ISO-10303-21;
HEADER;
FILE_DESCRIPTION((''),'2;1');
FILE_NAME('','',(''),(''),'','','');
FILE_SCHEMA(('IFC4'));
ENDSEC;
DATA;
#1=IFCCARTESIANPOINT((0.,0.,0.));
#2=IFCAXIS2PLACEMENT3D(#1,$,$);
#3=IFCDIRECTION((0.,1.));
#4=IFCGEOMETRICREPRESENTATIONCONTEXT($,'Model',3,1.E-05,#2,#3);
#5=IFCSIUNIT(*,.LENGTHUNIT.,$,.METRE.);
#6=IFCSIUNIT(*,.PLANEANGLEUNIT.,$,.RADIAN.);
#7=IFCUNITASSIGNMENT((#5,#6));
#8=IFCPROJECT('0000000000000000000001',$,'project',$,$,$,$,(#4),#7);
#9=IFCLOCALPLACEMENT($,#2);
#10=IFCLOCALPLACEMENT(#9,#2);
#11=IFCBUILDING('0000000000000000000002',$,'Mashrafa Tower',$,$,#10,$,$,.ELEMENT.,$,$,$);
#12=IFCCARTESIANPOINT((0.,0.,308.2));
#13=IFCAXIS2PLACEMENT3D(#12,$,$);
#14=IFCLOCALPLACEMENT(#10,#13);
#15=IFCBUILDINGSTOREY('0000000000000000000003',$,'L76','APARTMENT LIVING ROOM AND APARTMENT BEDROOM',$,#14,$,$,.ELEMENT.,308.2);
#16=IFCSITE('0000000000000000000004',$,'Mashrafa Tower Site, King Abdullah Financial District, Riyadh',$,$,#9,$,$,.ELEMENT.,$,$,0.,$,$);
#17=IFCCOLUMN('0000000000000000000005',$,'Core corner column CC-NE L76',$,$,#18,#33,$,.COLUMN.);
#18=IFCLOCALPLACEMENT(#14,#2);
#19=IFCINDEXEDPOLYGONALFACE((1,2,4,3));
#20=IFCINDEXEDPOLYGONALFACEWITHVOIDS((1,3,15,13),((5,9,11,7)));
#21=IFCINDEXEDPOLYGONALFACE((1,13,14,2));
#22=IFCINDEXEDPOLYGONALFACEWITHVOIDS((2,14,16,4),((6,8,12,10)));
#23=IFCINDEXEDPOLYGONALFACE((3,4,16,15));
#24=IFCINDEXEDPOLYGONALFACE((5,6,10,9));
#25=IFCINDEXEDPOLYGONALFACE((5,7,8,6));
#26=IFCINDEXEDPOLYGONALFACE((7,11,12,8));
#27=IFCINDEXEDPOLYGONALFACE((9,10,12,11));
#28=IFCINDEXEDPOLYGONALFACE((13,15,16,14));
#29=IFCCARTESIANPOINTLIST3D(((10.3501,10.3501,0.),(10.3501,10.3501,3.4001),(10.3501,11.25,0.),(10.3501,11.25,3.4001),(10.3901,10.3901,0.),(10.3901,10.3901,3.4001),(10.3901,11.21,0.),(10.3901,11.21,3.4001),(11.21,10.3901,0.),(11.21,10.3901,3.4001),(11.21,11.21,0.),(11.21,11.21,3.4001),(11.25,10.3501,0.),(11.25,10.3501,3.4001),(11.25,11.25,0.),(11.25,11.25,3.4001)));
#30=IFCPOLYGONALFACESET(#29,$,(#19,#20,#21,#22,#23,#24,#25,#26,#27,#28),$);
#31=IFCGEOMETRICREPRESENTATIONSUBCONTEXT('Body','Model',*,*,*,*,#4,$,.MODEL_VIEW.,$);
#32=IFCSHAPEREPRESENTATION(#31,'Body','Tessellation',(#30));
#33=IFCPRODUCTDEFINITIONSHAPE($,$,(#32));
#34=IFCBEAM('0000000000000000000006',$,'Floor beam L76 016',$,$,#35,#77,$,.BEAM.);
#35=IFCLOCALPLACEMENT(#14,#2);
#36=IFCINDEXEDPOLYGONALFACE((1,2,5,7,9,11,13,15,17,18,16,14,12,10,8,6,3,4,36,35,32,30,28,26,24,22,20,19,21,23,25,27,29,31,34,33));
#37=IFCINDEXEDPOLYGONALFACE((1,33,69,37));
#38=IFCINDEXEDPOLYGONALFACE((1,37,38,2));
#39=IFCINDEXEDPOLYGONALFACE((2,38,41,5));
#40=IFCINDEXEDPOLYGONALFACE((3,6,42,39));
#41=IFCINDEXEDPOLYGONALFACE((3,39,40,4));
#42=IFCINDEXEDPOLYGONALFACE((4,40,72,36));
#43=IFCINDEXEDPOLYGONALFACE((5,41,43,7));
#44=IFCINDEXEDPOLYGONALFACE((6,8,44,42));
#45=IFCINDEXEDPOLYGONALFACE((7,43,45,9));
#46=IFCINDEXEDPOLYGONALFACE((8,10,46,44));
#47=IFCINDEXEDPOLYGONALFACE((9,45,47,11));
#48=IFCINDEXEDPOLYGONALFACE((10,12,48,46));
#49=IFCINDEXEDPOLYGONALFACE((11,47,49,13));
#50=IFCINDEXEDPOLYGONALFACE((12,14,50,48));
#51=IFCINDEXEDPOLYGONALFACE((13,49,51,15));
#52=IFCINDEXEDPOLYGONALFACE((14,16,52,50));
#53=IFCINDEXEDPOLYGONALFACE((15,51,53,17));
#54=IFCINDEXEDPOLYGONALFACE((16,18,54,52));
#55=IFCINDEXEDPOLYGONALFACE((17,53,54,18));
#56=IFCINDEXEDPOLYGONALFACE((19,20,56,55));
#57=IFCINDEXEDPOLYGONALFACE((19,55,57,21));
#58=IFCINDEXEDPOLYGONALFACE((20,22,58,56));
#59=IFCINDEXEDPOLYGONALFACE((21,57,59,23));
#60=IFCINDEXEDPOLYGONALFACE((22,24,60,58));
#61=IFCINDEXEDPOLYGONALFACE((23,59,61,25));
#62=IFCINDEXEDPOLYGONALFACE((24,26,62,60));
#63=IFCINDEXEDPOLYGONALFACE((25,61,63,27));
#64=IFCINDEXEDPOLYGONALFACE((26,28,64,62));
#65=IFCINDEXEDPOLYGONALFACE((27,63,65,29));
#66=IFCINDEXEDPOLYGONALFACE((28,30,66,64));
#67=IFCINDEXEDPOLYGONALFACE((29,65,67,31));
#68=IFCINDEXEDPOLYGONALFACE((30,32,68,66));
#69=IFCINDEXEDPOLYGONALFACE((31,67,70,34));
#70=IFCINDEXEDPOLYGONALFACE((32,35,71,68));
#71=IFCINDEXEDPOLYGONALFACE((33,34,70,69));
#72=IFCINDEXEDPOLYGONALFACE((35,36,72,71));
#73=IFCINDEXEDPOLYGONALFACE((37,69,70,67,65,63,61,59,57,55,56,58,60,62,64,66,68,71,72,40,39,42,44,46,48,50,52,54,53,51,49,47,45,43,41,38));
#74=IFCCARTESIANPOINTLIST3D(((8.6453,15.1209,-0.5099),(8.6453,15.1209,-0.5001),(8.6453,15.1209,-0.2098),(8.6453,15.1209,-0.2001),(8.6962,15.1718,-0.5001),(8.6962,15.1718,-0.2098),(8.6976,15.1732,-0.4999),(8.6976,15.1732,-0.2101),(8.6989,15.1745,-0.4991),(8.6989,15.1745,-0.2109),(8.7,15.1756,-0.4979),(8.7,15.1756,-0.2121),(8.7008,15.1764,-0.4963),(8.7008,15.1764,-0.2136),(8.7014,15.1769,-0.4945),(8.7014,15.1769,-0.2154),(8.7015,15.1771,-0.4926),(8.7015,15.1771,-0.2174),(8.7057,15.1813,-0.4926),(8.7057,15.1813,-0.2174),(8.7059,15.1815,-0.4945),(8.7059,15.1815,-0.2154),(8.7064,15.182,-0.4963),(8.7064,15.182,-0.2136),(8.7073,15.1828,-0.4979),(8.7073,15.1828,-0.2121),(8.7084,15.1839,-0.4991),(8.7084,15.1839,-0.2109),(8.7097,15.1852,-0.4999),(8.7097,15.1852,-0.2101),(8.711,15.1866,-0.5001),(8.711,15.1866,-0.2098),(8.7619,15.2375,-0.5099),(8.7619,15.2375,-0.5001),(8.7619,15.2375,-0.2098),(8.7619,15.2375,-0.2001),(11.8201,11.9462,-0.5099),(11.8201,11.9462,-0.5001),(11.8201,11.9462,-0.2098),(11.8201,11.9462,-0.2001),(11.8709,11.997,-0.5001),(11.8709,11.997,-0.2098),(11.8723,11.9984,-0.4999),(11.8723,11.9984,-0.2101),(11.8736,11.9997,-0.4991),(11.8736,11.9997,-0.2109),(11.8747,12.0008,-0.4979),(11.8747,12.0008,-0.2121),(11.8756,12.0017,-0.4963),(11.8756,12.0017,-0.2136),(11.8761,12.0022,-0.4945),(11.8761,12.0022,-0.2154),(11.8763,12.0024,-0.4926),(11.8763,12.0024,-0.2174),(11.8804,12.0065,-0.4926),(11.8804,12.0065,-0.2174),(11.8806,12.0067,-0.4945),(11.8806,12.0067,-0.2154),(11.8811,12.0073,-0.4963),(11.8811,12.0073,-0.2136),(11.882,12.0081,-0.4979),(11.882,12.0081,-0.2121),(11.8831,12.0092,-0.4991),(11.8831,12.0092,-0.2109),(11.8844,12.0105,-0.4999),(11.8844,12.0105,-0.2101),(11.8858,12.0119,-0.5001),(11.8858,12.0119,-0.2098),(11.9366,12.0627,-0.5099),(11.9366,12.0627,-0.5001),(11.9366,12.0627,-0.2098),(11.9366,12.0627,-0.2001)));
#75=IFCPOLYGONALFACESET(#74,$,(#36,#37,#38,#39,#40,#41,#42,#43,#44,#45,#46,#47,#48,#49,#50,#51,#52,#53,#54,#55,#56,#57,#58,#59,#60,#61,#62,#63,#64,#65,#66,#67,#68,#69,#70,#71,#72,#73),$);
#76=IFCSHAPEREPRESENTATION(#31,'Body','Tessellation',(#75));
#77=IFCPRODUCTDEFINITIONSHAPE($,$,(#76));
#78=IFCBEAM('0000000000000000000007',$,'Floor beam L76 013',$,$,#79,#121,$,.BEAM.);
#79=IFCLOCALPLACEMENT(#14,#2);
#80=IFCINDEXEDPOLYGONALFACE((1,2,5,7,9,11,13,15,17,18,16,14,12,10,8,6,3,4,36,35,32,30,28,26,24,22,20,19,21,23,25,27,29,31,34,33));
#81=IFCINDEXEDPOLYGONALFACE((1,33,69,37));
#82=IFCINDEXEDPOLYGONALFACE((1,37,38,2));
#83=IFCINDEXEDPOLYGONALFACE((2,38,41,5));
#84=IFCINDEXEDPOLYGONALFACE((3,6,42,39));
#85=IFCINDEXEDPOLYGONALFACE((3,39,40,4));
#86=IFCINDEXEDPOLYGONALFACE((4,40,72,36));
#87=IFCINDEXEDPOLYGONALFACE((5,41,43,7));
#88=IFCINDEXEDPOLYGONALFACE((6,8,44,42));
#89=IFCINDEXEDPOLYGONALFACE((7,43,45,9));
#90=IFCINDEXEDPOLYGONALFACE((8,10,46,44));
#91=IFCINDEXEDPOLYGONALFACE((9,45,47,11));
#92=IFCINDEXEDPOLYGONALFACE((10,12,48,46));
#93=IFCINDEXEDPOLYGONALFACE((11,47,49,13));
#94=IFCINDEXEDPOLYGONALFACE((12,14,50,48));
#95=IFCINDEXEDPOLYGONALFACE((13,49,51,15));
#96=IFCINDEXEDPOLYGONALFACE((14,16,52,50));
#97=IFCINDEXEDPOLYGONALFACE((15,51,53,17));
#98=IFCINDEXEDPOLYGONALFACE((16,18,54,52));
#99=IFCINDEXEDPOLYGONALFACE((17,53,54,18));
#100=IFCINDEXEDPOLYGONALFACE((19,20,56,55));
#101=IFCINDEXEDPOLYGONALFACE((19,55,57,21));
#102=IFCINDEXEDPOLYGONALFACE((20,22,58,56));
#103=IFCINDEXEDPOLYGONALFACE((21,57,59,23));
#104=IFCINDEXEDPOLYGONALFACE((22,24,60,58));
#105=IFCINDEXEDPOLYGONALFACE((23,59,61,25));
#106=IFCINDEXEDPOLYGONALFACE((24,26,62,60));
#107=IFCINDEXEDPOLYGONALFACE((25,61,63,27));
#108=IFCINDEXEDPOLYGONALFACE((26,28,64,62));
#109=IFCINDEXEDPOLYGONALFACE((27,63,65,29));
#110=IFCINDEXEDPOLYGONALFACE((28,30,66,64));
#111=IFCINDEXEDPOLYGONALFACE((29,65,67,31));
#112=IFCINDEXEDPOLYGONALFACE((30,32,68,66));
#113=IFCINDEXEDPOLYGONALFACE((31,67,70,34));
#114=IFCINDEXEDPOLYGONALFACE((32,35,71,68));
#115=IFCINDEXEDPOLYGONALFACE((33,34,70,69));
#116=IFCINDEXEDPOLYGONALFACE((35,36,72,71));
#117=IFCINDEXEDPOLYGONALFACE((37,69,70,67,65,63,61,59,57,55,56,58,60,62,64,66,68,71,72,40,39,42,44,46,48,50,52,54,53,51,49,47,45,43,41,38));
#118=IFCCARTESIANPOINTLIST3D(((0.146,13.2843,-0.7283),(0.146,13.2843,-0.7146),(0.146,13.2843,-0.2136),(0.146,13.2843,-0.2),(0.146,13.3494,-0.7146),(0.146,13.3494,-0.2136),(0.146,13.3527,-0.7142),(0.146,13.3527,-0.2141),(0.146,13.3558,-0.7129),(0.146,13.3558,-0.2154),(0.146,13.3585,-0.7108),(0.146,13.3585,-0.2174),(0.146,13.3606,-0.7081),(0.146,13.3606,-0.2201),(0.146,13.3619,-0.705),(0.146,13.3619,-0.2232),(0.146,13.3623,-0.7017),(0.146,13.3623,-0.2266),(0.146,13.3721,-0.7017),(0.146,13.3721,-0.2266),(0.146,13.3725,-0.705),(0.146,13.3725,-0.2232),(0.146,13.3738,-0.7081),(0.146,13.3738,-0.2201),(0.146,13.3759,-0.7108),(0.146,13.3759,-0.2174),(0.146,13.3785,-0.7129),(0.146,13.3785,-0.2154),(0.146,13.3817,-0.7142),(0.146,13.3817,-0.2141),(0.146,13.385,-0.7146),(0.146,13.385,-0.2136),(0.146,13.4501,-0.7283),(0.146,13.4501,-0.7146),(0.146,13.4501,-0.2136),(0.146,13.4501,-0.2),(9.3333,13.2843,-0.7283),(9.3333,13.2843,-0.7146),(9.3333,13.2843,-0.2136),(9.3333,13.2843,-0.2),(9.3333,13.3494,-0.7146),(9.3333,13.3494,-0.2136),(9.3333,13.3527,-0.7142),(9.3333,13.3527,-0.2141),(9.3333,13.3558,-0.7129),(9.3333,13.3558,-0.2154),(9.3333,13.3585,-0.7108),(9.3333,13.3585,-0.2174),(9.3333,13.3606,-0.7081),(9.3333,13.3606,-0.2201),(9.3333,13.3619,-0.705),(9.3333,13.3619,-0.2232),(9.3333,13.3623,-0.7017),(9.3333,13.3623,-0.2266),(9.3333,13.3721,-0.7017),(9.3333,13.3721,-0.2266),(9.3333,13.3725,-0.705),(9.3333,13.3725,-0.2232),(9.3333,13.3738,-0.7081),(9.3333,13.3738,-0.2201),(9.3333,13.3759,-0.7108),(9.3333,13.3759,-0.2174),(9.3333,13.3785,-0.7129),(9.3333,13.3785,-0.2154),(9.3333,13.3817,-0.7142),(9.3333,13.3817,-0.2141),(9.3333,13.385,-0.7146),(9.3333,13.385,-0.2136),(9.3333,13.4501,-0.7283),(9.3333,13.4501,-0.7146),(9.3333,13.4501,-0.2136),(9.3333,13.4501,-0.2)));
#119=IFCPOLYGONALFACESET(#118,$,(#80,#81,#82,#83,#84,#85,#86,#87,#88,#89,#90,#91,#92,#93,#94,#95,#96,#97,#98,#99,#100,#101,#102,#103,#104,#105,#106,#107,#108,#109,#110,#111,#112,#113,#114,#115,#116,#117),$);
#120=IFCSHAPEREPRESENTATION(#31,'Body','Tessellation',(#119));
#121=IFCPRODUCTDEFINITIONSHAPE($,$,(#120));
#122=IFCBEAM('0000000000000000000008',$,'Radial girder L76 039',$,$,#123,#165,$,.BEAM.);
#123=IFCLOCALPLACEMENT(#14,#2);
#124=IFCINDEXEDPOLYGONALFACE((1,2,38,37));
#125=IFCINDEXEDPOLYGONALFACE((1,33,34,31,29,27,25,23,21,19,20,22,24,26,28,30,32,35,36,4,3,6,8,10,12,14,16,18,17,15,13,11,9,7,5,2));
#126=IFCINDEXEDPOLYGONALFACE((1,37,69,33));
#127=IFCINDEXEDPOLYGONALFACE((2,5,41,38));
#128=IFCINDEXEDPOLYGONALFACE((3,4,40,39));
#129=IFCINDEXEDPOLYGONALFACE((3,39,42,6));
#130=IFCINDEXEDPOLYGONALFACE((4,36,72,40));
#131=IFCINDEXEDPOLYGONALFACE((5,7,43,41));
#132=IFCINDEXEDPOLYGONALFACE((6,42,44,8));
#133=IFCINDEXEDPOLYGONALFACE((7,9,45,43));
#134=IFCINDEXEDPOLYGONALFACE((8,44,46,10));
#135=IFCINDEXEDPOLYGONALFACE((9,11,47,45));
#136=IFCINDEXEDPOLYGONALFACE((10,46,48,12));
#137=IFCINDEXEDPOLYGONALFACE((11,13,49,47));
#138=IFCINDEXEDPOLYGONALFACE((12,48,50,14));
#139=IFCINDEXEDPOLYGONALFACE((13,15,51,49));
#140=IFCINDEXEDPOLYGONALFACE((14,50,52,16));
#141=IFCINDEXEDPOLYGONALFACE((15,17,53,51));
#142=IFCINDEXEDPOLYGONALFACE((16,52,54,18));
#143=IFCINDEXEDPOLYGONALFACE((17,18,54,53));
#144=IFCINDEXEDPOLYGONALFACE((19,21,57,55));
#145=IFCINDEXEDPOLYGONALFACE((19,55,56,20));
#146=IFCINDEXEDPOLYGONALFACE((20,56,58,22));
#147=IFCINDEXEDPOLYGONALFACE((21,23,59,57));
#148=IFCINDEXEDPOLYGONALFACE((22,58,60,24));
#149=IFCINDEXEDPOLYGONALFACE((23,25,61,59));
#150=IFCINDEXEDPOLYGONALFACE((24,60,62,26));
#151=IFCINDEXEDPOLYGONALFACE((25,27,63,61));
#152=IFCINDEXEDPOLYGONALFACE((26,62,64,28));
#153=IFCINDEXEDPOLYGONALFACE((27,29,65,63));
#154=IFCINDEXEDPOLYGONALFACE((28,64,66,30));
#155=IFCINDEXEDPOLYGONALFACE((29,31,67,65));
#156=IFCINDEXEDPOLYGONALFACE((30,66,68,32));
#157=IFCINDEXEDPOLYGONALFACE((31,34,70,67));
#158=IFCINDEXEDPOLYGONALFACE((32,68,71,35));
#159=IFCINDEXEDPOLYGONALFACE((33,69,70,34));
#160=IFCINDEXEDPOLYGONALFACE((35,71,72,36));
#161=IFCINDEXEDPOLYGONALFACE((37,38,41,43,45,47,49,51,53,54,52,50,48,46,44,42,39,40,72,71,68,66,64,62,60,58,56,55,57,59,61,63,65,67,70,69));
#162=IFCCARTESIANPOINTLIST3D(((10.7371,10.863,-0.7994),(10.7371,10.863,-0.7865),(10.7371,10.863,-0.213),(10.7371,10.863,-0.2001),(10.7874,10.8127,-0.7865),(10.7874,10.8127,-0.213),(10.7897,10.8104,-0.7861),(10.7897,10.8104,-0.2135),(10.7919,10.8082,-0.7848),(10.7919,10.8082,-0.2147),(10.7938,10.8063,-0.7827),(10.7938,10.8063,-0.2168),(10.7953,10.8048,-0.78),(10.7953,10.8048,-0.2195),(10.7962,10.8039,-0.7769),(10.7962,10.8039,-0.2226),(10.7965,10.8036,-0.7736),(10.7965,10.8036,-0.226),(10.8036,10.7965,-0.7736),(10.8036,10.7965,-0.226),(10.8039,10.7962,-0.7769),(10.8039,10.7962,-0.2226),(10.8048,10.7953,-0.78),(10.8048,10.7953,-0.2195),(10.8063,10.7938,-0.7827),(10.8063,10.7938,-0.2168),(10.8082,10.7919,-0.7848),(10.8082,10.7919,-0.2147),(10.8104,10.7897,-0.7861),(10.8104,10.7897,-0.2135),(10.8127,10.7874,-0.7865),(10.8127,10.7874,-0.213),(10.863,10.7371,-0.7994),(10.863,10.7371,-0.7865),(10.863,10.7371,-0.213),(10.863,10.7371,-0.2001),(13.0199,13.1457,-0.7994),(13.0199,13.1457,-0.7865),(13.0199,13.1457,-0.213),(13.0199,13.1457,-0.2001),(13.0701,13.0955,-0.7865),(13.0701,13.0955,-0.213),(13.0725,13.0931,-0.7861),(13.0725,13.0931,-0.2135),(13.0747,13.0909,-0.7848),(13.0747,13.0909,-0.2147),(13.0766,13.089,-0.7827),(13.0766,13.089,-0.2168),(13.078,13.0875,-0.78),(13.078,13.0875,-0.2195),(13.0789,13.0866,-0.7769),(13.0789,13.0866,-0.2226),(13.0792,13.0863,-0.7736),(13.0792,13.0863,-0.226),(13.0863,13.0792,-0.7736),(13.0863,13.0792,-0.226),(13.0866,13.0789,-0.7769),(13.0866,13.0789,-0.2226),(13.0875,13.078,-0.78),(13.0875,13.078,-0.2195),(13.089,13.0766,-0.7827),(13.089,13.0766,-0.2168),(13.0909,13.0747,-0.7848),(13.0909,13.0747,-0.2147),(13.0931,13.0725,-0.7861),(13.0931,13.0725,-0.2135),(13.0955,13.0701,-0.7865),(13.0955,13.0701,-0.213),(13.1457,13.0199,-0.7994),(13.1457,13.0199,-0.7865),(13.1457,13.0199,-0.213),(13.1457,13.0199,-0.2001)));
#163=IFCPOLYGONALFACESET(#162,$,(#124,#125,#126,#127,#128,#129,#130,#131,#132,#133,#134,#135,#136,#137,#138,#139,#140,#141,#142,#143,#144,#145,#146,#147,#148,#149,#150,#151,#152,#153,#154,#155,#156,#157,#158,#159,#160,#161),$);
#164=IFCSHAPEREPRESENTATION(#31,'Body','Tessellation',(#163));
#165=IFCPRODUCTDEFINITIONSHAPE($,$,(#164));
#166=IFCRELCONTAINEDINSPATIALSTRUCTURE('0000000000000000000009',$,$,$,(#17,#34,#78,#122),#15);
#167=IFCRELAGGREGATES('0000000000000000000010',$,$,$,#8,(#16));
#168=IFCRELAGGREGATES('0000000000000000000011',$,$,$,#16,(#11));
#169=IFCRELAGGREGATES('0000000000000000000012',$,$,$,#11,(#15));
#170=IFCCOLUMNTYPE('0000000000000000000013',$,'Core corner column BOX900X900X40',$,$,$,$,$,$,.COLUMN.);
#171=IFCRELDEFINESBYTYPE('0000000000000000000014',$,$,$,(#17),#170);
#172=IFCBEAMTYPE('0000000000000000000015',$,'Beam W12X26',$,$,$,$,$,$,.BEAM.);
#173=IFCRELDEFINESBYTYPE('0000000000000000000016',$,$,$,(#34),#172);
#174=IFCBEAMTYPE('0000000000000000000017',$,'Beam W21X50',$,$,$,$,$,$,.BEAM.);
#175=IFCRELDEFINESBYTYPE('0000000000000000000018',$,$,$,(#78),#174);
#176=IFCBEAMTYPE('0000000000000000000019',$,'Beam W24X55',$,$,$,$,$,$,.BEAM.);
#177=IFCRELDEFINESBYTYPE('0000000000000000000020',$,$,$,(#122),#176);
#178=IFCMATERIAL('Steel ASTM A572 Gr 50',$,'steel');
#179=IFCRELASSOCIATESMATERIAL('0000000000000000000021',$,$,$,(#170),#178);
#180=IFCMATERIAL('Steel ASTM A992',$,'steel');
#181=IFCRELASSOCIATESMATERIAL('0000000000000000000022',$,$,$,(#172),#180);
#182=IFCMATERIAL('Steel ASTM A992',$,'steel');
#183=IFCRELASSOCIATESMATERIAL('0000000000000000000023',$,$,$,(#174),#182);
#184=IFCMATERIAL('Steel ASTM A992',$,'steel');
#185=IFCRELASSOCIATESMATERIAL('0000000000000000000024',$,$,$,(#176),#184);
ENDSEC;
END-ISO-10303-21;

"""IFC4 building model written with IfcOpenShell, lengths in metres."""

from ifc_helpers import new_model, si_unit, direction, frame, origin, origin_2d, place, context, subcontext, project, spatial, hollow_rectangle, i_section, extrude, material, material_profile, profile_set, type_object, element, save


model = new_model("IFC4")

# Units and contexts
model_context = context("Model", 3, precision=1e-05, world=origin(), true_north=direction((0.0, 1.0)))
body_context = subcontext(model_context, "Body", "Model", "MODEL_VIEW")
ifc_project = project(units=[si_unit("LENGTHUNIT", "METRE"), si_unit("PLANEANGLEUNIT", "RADIAN")], contexts=[model_context])

# Site, building, storey
site_placement = place(None, origin())
site = spatial("IfcSite", under=ifc_project, at=site_placement, Name="Mashrafa Tower Site, King Abdullah Financial District, Riyadh", CompositionType="ELEMENT", RefElevation=0.0)
building_placement = place(site_placement, origin())
building = spatial("IfcBuilding", under=site, at=building_placement, Name="Mashrafa Tower", CompositionType="ELEMENT")
storey_placement = place(building_placement, frame((0.0, 0.0, 308.2)))
storey = spatial("IfcBuildingStorey", under=building, at=storey_placement, Name="L76", Description="APARTMENT LIVING ROOM AND APARTMENT BEDROOM", CompositionType="ELEMENT", Elevation=308.2)

# Column
ifc_material_1 = material(Name="Steel ASTM A572 Gr 50", Category="steel")
ifc_material_profile_1 = material_profile(ifc_material_1, hollow_rectangle(XDim=0.8999, YDim=0.8999, WallThickness=0.04, at=origin_2d()), Name="BOX900X900X40")
ifc_profile_set_1 = profile_set([ifc_material_profile_1], Name="Steel ASTM A572 Gr 50")
column_type = type_object("IfcColumnType", Name="Core corner column BOX900X900X40", PredefinedType="COLUMN", material=ifc_profile_set_1)
column_placement = place(storey_placement, frame((10.8, 10.8, 0.0), z_axis=(0.0, 0.0, 1.0), x_axis=(1.0, 0.0, 0.0)))
element("IfcColumn", 1, at=column_placement, inside=storey, type_object=column_type, Name="Core corner column CC-NE L76", PredefinedType="COLUMN", context=body_context, shape_type="SweptSolid", body=[
    extrude(hollow_rectangle(XDim=0.8999, YDim=0.8999, WallThickness=0.04, at=origin_2d()), origin(), (0.0, 0.0, 1.0), 3.4001),
])

# Beams
ifc_material_2 = material(Name="Steel ASTM A992", Category="steel")
ifc_material_profile_2 = material_profile(ifc_material_2, i_section(OverallWidth=0.1648, OverallDepth=0.3098, WebThickness=0.0059, FlangeThickness=0.0098, FilletRadius=0.0076, at=origin_2d()), Name="W12X26")
ifc_profile_set_2 = profile_set([ifc_material_profile_2], Name="Steel ASTM A992")
beam_type_1 = type_object("IfcBeamType", Name="Beam W12X26", PredefinedType="BEAM", material=ifc_profile_set_2)
beam_1_placement = place(storey_placement, frame((8.7036, 15.1792, -0.355), z_axis=(0.707107, -0.707107, 0.0), x_axis=(0.707107, 0.707107, 0.0)))
element("IfcBeam", 2, at=beam_1_placement, inside=storey, type_object=beam_type_1, Name="Floor beam L76 016", PredefinedType="BEAM", context=body_context, shape_type="SweptSolid", body=[
    extrude(i_section(OverallWidth=0.1648, OverallDepth=0.3098, WebThickness=0.0059, FlangeThickness=0.0098, FilletRadius=0.0076, at=origin_2d()), origin(), (0.0, 0.0, 1.0), 4.4897),
])
ifc_material_3 = material(Name="Steel ASTM A992", Category="steel")
ifc_material_profile_3 = material_profile(ifc_material_3, i_section(OverallWidth=0.1658, OverallDepth=0.5283, WebThickness=0.0098, FlangeThickness=0.0137, FilletRadius=0.0129, at=origin_2d()), Name="W21X50")
ifc_profile_set_3 = profile_set([ifc_material_profile_3], Name="Steel ASTM A992")
beam_type_2 = type_object("IfcBeamType", Name="Beam W21X50", PredefinedType="BEAM", material=ifc_profile_set_3)
beam_2_placement = place(storey_placement, frame((0.146, 13.3672, -0.4641), z_axis=(1.0, 0.0, 0.0), x_axis=(0.0, 1.0, 0.0)))
element("IfcBeam", 3, at=beam_2_placement, inside=storey, type_object=beam_type_2, Name="Floor beam L76 013", PredefinedType="BEAM", context=body_context, shape_type="SweptSolid", body=[
    extrude(i_section(OverallWidth=0.1658, OverallDepth=0.5283, WebThickness=0.0098, FlangeThickness=0.0137, FilletRadius=0.0129, at=origin_2d()), origin(), (0.0, 0.0, 1.0), 9.1873),
])
ifc_material_4 = material(Name="Steel ASTM A992", Category="steel")
ifc_material_profile_4 = material_profile(ifc_material_4, i_section(OverallWidth=0.178, OverallDepth=0.5994, WebThickness=0.01, FlangeThickness=0.0129, FilletRadius=0.0129, at=origin_2d()), Name="W24X55")
ifc_profile_set_4 = profile_set([ifc_material_profile_4], Name="Steel ASTM A992")
beam_type_3 = type_object("IfcBeamType", Name="Beam W24X55", PredefinedType="BEAM", material=ifc_profile_set_4)
beam_3_placement = place(storey_placement, frame((10.8, 10.8, -0.4998), z_axis=(0.707107, 0.707107, 0.0), x_axis=(-0.707107, 0.707107, 0.0)))
element("IfcBeam", 4, at=beam_3_placement, inside=storey, type_object=beam_type_3, Name="Radial girder L76 039", PredefinedType="BEAM", context=body_context, shape_type="SweptSolid", body=[
    extrude(i_section(OverallWidth=0.178, OverallDepth=0.5994, WebThickness=0.01, FlangeThickness=0.0129, FilletRadius=0.0129, at=origin_2d()), origin(), (0.0, 0.0, 1.0), 3.2283),
])

save(model, "model.ifc")
